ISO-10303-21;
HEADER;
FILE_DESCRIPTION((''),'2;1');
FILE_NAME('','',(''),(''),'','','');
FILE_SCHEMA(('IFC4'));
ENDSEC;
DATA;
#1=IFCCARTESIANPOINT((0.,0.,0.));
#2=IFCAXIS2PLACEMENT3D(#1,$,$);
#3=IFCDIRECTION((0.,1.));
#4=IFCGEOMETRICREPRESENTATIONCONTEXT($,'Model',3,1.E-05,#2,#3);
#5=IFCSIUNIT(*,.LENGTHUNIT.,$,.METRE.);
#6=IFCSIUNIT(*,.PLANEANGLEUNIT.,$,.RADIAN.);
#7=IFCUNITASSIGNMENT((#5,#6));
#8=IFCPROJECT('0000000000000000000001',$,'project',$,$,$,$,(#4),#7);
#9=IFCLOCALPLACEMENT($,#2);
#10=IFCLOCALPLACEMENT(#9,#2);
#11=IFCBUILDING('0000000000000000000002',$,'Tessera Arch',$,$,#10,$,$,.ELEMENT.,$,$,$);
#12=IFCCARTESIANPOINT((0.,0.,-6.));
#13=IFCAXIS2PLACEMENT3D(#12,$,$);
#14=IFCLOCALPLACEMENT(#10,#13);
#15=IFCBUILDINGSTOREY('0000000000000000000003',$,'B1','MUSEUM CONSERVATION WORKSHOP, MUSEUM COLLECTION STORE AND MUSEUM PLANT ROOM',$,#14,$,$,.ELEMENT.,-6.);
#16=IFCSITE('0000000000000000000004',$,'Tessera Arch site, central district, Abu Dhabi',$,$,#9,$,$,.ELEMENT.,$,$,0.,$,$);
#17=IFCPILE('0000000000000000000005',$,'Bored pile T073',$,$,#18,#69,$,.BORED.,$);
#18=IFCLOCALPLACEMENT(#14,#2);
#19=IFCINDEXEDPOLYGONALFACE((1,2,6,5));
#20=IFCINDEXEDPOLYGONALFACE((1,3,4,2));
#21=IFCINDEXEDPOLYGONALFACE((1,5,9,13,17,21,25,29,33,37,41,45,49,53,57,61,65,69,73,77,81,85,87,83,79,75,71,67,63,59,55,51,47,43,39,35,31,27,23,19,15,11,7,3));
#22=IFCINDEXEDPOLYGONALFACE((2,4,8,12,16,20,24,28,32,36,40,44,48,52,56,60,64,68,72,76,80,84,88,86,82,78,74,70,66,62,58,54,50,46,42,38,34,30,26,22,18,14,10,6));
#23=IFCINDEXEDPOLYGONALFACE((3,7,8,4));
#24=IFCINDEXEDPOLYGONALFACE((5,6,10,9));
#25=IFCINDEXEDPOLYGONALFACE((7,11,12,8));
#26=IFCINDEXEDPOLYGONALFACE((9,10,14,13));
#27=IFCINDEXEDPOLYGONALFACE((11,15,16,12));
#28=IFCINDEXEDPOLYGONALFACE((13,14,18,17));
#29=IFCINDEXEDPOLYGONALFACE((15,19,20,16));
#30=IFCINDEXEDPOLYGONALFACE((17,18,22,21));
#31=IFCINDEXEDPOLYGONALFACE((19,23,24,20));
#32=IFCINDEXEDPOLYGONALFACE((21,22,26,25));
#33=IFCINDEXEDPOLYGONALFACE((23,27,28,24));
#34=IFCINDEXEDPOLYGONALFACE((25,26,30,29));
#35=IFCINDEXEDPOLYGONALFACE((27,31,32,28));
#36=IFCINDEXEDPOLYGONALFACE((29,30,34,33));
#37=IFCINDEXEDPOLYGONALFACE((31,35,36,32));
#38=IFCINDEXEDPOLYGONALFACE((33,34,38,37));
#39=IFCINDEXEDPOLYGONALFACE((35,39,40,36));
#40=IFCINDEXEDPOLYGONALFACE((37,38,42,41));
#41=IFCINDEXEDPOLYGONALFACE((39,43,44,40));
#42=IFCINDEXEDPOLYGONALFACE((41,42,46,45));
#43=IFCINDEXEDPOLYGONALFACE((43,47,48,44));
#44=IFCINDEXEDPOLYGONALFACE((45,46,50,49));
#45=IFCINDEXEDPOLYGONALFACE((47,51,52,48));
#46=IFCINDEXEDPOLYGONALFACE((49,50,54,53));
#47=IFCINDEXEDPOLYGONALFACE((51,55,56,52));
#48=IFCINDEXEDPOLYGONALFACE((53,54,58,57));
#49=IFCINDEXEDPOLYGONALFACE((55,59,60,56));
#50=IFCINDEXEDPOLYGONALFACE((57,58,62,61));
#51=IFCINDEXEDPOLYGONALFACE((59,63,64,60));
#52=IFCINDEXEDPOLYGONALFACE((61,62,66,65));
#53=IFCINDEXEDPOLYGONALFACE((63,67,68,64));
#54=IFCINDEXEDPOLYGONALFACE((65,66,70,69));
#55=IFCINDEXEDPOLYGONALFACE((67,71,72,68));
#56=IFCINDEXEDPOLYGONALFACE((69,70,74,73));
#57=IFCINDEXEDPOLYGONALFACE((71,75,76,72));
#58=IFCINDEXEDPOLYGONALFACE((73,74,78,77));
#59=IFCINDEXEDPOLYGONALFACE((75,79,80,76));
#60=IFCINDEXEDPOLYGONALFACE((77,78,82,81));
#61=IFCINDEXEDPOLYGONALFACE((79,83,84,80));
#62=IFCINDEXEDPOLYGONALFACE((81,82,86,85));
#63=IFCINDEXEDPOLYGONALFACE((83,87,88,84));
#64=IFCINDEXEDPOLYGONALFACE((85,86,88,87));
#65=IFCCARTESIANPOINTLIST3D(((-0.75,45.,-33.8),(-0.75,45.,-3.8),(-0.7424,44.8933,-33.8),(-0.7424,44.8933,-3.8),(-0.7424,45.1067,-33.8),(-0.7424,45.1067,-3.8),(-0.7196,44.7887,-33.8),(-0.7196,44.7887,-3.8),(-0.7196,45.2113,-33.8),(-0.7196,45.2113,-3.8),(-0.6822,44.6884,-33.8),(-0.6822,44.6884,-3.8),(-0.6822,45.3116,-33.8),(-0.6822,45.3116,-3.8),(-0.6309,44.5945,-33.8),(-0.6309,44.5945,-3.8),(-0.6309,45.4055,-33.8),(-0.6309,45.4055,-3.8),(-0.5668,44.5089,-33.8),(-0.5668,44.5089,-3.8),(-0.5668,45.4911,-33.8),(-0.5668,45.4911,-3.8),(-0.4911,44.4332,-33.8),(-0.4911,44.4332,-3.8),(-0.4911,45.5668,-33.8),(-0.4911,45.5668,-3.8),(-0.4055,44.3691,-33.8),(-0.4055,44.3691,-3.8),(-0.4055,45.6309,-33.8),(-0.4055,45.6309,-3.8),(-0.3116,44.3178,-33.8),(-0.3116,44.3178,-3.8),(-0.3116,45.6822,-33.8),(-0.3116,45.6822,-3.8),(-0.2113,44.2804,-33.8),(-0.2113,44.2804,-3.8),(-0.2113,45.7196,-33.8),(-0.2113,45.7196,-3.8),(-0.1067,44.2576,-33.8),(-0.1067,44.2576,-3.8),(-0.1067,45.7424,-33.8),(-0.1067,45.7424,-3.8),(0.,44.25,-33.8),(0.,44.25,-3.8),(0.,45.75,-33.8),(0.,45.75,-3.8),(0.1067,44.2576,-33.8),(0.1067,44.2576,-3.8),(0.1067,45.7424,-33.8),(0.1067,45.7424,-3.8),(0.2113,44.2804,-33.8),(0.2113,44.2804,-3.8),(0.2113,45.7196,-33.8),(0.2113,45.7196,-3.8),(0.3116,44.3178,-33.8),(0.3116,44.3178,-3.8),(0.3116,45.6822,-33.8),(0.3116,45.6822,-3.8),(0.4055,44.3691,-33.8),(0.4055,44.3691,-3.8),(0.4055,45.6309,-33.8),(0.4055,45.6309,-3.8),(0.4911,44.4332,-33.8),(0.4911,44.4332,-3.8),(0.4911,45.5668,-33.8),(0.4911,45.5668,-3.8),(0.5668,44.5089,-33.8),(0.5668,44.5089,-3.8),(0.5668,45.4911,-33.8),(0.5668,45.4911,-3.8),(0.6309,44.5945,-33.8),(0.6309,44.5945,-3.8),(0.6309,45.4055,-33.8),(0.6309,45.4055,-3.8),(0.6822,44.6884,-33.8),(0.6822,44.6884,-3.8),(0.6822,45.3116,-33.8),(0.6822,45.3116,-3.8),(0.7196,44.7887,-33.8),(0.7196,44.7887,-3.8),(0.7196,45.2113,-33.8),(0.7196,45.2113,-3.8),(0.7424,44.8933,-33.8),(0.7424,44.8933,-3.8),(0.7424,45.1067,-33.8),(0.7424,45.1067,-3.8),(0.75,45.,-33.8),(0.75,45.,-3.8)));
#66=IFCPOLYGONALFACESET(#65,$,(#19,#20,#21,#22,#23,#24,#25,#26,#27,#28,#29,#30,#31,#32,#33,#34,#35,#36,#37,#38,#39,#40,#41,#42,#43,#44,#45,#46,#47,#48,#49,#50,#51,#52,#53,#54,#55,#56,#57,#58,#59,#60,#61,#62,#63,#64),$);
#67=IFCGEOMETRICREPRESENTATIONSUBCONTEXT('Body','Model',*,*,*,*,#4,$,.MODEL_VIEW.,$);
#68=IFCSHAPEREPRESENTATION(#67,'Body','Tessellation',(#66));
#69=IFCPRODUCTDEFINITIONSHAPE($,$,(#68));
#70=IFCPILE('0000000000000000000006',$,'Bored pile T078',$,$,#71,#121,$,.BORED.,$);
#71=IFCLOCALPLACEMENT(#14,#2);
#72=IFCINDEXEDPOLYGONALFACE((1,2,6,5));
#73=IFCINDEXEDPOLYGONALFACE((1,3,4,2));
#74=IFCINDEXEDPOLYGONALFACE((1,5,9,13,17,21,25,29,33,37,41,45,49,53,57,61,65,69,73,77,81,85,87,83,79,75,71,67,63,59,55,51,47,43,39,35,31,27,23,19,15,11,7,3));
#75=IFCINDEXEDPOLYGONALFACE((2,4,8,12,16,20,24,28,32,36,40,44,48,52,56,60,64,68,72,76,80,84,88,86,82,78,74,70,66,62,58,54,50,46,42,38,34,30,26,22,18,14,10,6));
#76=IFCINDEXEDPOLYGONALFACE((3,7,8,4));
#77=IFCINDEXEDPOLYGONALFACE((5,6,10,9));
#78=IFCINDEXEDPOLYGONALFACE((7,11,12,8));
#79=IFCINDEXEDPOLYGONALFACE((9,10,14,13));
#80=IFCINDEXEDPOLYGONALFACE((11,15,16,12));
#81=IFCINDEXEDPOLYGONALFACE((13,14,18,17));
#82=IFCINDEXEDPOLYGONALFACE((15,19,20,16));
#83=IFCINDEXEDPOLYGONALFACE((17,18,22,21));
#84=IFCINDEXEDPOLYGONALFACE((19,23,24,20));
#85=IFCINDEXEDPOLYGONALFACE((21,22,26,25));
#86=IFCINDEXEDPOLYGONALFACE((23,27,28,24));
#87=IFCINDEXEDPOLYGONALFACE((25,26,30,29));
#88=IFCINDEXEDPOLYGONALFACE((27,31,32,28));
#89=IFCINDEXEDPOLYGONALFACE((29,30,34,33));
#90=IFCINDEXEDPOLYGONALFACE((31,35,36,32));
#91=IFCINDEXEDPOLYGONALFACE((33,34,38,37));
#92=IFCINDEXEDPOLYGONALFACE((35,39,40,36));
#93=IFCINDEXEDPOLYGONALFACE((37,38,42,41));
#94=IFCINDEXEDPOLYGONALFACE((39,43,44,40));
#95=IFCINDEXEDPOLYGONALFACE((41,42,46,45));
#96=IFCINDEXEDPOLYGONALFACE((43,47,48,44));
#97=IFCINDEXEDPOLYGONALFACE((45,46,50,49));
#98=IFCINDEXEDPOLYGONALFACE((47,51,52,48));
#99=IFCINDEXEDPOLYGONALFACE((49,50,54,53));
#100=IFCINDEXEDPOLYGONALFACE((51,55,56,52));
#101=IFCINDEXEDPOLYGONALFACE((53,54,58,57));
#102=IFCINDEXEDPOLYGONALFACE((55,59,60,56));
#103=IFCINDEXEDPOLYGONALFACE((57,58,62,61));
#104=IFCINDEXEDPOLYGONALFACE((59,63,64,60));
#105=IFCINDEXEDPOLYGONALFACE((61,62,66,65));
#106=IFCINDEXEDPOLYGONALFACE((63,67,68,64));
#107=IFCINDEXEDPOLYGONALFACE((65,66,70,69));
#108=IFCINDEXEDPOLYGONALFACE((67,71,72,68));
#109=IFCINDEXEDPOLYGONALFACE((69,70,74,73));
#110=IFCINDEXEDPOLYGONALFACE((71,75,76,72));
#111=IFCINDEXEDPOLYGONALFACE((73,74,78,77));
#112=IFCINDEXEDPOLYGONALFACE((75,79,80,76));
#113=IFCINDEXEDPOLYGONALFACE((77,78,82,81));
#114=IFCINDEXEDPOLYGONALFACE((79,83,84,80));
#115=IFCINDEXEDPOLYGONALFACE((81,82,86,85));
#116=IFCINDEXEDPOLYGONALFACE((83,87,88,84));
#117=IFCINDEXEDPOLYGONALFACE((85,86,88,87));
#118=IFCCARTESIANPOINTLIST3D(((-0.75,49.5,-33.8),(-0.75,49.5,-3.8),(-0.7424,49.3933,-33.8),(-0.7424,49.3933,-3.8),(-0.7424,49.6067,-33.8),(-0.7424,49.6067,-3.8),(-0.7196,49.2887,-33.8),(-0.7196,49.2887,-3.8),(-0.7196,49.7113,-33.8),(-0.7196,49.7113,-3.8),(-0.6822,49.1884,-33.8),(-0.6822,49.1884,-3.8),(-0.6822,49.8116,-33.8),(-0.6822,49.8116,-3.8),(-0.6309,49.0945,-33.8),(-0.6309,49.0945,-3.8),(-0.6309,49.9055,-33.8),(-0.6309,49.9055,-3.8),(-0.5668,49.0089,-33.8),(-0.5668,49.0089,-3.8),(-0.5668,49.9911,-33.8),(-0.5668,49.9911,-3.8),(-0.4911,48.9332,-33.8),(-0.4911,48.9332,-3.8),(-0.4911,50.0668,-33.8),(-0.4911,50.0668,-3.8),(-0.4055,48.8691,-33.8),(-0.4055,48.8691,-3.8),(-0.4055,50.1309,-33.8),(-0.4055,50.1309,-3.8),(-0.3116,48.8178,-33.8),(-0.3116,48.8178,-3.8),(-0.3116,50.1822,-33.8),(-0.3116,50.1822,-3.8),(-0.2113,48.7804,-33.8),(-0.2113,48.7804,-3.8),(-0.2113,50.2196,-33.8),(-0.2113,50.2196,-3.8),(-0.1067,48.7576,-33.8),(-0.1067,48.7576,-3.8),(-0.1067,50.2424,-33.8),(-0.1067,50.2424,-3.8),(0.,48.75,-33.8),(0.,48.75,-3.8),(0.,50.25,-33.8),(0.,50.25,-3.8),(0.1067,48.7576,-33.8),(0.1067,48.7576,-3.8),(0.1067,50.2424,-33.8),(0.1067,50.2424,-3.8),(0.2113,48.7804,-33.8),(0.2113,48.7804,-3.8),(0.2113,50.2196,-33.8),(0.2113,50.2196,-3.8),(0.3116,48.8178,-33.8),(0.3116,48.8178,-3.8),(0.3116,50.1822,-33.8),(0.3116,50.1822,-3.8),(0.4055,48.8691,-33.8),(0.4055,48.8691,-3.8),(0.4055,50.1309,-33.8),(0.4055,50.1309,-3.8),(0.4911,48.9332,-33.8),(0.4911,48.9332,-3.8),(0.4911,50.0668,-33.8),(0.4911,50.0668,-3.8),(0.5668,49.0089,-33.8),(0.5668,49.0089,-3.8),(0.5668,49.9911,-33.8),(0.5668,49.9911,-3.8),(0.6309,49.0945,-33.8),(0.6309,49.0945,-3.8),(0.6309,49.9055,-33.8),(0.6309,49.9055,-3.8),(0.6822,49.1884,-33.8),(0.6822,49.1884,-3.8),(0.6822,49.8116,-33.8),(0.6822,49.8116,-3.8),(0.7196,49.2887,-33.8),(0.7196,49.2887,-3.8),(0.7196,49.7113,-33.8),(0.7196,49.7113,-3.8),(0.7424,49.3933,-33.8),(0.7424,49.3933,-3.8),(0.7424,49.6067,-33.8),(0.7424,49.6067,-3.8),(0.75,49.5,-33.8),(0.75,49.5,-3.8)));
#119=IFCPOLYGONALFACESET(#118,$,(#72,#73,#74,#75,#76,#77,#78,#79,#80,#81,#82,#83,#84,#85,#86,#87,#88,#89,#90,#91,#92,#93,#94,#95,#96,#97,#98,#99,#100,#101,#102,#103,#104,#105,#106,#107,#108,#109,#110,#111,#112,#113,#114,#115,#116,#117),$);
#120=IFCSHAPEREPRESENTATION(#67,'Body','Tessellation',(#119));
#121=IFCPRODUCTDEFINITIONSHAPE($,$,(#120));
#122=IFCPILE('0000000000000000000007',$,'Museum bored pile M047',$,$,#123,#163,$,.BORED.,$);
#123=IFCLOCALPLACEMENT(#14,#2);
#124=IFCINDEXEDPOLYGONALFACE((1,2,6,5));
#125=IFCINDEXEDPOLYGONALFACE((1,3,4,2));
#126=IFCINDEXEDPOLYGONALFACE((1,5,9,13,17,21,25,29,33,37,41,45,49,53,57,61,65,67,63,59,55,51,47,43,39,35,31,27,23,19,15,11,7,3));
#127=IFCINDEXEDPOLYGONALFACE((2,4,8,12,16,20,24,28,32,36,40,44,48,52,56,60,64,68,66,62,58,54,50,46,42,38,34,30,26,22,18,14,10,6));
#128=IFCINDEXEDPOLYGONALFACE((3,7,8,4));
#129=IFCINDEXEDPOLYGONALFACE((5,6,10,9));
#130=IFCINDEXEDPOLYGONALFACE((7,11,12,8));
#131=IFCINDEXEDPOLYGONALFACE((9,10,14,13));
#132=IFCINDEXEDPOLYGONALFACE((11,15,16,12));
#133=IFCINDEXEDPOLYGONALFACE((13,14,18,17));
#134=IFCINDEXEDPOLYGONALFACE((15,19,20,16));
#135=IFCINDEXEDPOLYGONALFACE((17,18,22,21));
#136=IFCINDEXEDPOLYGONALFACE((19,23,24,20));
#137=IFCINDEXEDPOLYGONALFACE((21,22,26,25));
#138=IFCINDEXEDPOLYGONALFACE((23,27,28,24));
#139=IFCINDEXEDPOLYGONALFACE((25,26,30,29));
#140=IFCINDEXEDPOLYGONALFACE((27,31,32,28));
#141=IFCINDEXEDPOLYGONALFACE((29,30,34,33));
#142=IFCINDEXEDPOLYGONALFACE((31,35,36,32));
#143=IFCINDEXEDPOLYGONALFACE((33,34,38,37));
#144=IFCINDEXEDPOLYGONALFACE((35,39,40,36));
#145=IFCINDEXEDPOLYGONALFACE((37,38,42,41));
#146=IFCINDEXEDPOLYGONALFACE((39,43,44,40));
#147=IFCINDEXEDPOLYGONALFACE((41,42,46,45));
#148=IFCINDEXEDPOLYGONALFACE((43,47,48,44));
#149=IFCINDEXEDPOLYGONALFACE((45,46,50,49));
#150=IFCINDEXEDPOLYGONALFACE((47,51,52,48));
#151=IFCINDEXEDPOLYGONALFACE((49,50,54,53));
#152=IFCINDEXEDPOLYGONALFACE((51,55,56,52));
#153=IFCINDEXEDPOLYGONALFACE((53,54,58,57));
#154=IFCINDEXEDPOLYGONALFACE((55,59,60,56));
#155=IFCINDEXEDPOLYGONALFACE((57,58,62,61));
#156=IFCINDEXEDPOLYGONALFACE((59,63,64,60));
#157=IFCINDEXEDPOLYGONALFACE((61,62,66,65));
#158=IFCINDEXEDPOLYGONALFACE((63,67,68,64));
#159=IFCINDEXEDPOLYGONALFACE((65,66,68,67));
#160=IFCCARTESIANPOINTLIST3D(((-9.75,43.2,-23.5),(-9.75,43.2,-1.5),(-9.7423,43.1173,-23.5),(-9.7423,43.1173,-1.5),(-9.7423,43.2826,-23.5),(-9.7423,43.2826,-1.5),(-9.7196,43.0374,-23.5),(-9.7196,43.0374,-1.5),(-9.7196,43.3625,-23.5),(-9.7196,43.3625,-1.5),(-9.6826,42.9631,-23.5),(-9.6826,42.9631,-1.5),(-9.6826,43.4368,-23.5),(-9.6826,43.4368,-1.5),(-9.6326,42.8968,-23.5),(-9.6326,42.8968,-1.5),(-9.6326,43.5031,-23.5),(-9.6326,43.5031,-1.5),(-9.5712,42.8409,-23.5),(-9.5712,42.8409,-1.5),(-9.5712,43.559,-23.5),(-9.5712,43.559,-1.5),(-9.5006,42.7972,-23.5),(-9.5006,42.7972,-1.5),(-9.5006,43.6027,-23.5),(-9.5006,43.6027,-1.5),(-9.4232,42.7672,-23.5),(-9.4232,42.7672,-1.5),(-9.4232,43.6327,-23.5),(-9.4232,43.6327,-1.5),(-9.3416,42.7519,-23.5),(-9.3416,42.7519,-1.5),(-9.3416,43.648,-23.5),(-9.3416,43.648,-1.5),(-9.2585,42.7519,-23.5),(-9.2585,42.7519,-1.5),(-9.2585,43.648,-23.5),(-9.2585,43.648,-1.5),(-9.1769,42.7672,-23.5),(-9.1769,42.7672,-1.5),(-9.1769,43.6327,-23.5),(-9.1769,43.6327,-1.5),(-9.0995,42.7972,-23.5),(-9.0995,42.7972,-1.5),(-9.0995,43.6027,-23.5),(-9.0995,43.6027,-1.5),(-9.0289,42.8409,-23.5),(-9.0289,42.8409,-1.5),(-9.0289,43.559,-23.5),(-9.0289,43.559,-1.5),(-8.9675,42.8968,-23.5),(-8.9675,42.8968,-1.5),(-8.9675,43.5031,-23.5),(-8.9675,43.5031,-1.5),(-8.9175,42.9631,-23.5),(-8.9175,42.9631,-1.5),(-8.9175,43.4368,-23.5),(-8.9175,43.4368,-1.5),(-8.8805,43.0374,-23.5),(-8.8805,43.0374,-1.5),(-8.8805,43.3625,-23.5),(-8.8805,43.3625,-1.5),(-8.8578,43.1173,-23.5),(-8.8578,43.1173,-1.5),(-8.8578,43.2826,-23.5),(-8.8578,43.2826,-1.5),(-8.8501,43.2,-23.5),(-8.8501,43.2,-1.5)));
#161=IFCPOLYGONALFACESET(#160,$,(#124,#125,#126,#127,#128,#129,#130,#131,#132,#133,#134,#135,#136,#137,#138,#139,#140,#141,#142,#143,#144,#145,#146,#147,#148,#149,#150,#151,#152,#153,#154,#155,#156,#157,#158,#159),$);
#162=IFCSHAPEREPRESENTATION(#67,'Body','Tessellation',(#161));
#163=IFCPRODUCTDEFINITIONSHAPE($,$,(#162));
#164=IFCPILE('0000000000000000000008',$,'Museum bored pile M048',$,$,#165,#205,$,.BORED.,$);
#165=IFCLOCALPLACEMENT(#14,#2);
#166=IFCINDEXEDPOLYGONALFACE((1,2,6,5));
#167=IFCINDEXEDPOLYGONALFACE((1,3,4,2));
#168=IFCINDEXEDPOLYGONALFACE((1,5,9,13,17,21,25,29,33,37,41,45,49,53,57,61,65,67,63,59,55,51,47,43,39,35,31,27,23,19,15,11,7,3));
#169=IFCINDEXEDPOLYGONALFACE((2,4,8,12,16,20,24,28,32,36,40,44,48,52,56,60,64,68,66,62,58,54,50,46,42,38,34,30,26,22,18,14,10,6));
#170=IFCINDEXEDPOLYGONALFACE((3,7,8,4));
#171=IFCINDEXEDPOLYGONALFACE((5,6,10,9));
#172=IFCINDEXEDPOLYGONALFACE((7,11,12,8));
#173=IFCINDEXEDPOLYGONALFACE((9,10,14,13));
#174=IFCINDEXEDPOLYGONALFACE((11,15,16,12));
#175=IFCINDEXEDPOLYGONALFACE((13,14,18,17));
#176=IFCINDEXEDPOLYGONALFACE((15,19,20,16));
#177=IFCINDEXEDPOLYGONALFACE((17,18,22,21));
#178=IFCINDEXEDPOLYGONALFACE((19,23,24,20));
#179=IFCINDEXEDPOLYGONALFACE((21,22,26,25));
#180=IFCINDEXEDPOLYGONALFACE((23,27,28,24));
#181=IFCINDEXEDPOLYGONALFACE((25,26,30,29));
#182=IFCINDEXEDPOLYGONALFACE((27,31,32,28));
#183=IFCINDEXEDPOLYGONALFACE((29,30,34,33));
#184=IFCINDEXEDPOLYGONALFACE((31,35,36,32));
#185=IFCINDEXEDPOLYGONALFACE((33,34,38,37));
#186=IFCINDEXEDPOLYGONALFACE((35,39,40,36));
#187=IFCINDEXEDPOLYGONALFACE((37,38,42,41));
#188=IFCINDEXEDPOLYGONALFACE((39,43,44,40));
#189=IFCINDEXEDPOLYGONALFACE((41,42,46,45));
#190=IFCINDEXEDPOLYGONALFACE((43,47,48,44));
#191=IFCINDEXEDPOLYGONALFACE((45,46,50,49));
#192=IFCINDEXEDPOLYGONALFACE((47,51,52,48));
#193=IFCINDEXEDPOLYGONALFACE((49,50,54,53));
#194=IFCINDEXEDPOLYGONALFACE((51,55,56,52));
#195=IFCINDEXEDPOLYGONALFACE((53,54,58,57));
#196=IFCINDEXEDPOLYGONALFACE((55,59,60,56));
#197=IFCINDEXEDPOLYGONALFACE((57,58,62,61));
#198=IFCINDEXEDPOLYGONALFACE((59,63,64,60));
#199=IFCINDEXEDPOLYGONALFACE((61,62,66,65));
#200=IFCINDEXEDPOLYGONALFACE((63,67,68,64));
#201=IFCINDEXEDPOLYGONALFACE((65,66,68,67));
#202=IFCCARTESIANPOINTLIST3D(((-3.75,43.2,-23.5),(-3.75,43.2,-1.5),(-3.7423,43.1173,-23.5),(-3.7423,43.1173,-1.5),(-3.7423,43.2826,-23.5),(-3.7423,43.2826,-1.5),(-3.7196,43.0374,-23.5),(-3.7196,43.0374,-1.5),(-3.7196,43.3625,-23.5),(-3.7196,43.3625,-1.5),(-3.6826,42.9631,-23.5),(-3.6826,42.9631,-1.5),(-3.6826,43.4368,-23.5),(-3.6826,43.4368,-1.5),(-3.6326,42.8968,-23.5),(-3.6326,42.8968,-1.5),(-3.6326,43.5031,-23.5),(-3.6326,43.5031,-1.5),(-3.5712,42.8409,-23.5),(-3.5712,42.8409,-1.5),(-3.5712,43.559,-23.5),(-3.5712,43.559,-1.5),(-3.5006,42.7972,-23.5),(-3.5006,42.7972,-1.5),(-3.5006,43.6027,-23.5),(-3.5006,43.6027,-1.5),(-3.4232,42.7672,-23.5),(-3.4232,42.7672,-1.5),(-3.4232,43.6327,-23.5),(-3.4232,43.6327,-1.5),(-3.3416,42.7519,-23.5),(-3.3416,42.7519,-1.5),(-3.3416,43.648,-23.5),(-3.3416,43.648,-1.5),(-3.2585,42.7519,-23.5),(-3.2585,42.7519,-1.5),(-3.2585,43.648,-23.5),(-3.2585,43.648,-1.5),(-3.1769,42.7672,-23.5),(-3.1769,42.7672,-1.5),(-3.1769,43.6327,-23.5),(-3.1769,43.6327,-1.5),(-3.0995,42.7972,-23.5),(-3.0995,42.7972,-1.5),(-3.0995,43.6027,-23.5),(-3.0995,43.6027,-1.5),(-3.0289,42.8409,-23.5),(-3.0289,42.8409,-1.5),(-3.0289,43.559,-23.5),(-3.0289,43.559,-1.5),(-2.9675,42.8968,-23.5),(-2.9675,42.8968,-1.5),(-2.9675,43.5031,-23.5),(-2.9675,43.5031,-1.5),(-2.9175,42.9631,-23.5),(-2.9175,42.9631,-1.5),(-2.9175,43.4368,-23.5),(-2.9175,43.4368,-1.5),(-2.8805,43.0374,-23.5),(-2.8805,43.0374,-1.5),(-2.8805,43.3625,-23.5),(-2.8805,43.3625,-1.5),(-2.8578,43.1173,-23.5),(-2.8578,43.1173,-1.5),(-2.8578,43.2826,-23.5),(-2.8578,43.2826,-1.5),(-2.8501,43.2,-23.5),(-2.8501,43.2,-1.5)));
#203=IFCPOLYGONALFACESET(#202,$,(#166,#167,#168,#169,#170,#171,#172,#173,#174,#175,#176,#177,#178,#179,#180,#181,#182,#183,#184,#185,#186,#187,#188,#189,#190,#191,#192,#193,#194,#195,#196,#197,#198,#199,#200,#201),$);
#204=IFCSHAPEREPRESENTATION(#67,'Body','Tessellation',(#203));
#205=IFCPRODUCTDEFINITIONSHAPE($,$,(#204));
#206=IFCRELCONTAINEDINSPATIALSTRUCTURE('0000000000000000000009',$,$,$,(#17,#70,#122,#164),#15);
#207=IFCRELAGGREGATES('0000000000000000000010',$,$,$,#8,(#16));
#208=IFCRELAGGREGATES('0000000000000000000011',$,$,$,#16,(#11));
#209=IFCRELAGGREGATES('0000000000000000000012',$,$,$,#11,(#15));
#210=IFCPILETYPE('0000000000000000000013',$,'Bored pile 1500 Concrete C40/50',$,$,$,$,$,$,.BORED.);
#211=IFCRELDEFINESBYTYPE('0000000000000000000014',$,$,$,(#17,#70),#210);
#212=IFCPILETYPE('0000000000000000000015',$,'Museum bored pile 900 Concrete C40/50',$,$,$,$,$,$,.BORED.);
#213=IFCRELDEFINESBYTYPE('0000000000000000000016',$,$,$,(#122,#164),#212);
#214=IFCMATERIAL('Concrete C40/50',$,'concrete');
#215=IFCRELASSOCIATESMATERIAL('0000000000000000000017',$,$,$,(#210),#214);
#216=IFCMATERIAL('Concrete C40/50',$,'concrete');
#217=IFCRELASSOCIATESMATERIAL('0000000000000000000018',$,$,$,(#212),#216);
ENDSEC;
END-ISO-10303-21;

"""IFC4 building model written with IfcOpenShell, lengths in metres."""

from ifc_helpers import new_model, si_unit, direction, frame, origin, origin_2d, place, context, subcontext, project, spatial, circle, extrude, material, type_object, element, save


model = new_model("IFC4")

# Units and contexts
model_context = context("Model", 3, precision=1e-05, world=origin(), true_north=direction((0.0, 1.0)))
body_context = subcontext(model_context, "Body", "Model", "MODEL_VIEW")
ifc_project = project(units=[si_unit("LENGTHUNIT", "METRE"), si_unit("PLANEANGLEUNIT", "RADIAN")], contexts=[model_context])

# Site, building, storey
site_placement = place(None, origin())
site = spatial("IfcSite", under=ifc_project, at=site_placement, Name="Tessera Arch site, central district, Abu Dhabi", CompositionType="ELEMENT", RefElevation=0.0)
building_placement = place(site_placement, origin())
building = spatial("IfcBuilding", under=site, at=building_placement, Name="Tessera Arch", CompositionType="ELEMENT")
storey_placement = place(building_placement, frame((0.0, 0.0, -6.0)))
storey = spatial("IfcBuildingStorey", under=building, at=storey_placement, Name="B1", Description="MUSEUM CONSERVATION WORKSHOP, MUSEUM COLLECTION STORE AND MUSEUM PLANT ROOM", CompositionType="ELEMENT", Elevation=-6.0)

# Piles
ifc_material_1 = material(Name="Concrete C40/50", Category="concrete")
pile_type_1 = type_object("IfcPileType", Name="Bored pile 1500 Concrete C40/50", PredefinedType="BORED", material=ifc_material_1)
for number, where, z_axis, x_axis, name in (
    (1, (0.0, 45.0, -3.8), (0.0, 0.0, -1.0), (1.0, 0.0, 0.0), "Bored pile T073"),
    (2, (0.0, 49.5, -3.8), (0.0, 0.0, -1.0), (1.0, 0.0, 0.0), "Bored pile T078"),
):
    element("IfcPile", number, at=place(storey_placement, frame(where, z_axis=z_axis, x_axis=x_axis)), inside=storey, type_object=pile_type_1, Name=name, PredefinedType="BORED", context=body_context, shape_type="SweptSolid", body=[
        extrude(circle(Radius=0.75, at=origin_2d()), origin(), (0.0, 0.0, 1.0), 30.0),
    ])
ifc_material_2 = material(Name="Concrete C40/50", Category="concrete")
pile_type_2 = type_object("IfcPileType", Name="Museum bored pile 900 Concrete C40/50", PredefinedType="BORED", material=ifc_material_2)
for number, where, z_axis, x_axis, name in (
    (3, (-9.3, 43.2, -1.5), (0.0, 0.0, -1.0), (1.0, 0.0, 0.0), "Museum bored pile M047"),
    (4, (-3.3, 43.2, -1.5), (0.0, 0.0, -1.0), (1.0, 0.0, 0.0), "Museum bored pile M048"),
):
    element("IfcPile", number, at=place(storey_placement, frame(where, z_axis=z_axis, x_axis=x_axis)), inside=storey, type_object=pile_type_2, Name=name, PredefinedType="BORED", context=body_context, shape_type="SweptSolid", body=[
        extrude(circle(Radius=0.45, at=origin_2d()), origin(), (0.0, 0.0, 1.0), 22.0),
    ])

save(model, "model.ifc")
